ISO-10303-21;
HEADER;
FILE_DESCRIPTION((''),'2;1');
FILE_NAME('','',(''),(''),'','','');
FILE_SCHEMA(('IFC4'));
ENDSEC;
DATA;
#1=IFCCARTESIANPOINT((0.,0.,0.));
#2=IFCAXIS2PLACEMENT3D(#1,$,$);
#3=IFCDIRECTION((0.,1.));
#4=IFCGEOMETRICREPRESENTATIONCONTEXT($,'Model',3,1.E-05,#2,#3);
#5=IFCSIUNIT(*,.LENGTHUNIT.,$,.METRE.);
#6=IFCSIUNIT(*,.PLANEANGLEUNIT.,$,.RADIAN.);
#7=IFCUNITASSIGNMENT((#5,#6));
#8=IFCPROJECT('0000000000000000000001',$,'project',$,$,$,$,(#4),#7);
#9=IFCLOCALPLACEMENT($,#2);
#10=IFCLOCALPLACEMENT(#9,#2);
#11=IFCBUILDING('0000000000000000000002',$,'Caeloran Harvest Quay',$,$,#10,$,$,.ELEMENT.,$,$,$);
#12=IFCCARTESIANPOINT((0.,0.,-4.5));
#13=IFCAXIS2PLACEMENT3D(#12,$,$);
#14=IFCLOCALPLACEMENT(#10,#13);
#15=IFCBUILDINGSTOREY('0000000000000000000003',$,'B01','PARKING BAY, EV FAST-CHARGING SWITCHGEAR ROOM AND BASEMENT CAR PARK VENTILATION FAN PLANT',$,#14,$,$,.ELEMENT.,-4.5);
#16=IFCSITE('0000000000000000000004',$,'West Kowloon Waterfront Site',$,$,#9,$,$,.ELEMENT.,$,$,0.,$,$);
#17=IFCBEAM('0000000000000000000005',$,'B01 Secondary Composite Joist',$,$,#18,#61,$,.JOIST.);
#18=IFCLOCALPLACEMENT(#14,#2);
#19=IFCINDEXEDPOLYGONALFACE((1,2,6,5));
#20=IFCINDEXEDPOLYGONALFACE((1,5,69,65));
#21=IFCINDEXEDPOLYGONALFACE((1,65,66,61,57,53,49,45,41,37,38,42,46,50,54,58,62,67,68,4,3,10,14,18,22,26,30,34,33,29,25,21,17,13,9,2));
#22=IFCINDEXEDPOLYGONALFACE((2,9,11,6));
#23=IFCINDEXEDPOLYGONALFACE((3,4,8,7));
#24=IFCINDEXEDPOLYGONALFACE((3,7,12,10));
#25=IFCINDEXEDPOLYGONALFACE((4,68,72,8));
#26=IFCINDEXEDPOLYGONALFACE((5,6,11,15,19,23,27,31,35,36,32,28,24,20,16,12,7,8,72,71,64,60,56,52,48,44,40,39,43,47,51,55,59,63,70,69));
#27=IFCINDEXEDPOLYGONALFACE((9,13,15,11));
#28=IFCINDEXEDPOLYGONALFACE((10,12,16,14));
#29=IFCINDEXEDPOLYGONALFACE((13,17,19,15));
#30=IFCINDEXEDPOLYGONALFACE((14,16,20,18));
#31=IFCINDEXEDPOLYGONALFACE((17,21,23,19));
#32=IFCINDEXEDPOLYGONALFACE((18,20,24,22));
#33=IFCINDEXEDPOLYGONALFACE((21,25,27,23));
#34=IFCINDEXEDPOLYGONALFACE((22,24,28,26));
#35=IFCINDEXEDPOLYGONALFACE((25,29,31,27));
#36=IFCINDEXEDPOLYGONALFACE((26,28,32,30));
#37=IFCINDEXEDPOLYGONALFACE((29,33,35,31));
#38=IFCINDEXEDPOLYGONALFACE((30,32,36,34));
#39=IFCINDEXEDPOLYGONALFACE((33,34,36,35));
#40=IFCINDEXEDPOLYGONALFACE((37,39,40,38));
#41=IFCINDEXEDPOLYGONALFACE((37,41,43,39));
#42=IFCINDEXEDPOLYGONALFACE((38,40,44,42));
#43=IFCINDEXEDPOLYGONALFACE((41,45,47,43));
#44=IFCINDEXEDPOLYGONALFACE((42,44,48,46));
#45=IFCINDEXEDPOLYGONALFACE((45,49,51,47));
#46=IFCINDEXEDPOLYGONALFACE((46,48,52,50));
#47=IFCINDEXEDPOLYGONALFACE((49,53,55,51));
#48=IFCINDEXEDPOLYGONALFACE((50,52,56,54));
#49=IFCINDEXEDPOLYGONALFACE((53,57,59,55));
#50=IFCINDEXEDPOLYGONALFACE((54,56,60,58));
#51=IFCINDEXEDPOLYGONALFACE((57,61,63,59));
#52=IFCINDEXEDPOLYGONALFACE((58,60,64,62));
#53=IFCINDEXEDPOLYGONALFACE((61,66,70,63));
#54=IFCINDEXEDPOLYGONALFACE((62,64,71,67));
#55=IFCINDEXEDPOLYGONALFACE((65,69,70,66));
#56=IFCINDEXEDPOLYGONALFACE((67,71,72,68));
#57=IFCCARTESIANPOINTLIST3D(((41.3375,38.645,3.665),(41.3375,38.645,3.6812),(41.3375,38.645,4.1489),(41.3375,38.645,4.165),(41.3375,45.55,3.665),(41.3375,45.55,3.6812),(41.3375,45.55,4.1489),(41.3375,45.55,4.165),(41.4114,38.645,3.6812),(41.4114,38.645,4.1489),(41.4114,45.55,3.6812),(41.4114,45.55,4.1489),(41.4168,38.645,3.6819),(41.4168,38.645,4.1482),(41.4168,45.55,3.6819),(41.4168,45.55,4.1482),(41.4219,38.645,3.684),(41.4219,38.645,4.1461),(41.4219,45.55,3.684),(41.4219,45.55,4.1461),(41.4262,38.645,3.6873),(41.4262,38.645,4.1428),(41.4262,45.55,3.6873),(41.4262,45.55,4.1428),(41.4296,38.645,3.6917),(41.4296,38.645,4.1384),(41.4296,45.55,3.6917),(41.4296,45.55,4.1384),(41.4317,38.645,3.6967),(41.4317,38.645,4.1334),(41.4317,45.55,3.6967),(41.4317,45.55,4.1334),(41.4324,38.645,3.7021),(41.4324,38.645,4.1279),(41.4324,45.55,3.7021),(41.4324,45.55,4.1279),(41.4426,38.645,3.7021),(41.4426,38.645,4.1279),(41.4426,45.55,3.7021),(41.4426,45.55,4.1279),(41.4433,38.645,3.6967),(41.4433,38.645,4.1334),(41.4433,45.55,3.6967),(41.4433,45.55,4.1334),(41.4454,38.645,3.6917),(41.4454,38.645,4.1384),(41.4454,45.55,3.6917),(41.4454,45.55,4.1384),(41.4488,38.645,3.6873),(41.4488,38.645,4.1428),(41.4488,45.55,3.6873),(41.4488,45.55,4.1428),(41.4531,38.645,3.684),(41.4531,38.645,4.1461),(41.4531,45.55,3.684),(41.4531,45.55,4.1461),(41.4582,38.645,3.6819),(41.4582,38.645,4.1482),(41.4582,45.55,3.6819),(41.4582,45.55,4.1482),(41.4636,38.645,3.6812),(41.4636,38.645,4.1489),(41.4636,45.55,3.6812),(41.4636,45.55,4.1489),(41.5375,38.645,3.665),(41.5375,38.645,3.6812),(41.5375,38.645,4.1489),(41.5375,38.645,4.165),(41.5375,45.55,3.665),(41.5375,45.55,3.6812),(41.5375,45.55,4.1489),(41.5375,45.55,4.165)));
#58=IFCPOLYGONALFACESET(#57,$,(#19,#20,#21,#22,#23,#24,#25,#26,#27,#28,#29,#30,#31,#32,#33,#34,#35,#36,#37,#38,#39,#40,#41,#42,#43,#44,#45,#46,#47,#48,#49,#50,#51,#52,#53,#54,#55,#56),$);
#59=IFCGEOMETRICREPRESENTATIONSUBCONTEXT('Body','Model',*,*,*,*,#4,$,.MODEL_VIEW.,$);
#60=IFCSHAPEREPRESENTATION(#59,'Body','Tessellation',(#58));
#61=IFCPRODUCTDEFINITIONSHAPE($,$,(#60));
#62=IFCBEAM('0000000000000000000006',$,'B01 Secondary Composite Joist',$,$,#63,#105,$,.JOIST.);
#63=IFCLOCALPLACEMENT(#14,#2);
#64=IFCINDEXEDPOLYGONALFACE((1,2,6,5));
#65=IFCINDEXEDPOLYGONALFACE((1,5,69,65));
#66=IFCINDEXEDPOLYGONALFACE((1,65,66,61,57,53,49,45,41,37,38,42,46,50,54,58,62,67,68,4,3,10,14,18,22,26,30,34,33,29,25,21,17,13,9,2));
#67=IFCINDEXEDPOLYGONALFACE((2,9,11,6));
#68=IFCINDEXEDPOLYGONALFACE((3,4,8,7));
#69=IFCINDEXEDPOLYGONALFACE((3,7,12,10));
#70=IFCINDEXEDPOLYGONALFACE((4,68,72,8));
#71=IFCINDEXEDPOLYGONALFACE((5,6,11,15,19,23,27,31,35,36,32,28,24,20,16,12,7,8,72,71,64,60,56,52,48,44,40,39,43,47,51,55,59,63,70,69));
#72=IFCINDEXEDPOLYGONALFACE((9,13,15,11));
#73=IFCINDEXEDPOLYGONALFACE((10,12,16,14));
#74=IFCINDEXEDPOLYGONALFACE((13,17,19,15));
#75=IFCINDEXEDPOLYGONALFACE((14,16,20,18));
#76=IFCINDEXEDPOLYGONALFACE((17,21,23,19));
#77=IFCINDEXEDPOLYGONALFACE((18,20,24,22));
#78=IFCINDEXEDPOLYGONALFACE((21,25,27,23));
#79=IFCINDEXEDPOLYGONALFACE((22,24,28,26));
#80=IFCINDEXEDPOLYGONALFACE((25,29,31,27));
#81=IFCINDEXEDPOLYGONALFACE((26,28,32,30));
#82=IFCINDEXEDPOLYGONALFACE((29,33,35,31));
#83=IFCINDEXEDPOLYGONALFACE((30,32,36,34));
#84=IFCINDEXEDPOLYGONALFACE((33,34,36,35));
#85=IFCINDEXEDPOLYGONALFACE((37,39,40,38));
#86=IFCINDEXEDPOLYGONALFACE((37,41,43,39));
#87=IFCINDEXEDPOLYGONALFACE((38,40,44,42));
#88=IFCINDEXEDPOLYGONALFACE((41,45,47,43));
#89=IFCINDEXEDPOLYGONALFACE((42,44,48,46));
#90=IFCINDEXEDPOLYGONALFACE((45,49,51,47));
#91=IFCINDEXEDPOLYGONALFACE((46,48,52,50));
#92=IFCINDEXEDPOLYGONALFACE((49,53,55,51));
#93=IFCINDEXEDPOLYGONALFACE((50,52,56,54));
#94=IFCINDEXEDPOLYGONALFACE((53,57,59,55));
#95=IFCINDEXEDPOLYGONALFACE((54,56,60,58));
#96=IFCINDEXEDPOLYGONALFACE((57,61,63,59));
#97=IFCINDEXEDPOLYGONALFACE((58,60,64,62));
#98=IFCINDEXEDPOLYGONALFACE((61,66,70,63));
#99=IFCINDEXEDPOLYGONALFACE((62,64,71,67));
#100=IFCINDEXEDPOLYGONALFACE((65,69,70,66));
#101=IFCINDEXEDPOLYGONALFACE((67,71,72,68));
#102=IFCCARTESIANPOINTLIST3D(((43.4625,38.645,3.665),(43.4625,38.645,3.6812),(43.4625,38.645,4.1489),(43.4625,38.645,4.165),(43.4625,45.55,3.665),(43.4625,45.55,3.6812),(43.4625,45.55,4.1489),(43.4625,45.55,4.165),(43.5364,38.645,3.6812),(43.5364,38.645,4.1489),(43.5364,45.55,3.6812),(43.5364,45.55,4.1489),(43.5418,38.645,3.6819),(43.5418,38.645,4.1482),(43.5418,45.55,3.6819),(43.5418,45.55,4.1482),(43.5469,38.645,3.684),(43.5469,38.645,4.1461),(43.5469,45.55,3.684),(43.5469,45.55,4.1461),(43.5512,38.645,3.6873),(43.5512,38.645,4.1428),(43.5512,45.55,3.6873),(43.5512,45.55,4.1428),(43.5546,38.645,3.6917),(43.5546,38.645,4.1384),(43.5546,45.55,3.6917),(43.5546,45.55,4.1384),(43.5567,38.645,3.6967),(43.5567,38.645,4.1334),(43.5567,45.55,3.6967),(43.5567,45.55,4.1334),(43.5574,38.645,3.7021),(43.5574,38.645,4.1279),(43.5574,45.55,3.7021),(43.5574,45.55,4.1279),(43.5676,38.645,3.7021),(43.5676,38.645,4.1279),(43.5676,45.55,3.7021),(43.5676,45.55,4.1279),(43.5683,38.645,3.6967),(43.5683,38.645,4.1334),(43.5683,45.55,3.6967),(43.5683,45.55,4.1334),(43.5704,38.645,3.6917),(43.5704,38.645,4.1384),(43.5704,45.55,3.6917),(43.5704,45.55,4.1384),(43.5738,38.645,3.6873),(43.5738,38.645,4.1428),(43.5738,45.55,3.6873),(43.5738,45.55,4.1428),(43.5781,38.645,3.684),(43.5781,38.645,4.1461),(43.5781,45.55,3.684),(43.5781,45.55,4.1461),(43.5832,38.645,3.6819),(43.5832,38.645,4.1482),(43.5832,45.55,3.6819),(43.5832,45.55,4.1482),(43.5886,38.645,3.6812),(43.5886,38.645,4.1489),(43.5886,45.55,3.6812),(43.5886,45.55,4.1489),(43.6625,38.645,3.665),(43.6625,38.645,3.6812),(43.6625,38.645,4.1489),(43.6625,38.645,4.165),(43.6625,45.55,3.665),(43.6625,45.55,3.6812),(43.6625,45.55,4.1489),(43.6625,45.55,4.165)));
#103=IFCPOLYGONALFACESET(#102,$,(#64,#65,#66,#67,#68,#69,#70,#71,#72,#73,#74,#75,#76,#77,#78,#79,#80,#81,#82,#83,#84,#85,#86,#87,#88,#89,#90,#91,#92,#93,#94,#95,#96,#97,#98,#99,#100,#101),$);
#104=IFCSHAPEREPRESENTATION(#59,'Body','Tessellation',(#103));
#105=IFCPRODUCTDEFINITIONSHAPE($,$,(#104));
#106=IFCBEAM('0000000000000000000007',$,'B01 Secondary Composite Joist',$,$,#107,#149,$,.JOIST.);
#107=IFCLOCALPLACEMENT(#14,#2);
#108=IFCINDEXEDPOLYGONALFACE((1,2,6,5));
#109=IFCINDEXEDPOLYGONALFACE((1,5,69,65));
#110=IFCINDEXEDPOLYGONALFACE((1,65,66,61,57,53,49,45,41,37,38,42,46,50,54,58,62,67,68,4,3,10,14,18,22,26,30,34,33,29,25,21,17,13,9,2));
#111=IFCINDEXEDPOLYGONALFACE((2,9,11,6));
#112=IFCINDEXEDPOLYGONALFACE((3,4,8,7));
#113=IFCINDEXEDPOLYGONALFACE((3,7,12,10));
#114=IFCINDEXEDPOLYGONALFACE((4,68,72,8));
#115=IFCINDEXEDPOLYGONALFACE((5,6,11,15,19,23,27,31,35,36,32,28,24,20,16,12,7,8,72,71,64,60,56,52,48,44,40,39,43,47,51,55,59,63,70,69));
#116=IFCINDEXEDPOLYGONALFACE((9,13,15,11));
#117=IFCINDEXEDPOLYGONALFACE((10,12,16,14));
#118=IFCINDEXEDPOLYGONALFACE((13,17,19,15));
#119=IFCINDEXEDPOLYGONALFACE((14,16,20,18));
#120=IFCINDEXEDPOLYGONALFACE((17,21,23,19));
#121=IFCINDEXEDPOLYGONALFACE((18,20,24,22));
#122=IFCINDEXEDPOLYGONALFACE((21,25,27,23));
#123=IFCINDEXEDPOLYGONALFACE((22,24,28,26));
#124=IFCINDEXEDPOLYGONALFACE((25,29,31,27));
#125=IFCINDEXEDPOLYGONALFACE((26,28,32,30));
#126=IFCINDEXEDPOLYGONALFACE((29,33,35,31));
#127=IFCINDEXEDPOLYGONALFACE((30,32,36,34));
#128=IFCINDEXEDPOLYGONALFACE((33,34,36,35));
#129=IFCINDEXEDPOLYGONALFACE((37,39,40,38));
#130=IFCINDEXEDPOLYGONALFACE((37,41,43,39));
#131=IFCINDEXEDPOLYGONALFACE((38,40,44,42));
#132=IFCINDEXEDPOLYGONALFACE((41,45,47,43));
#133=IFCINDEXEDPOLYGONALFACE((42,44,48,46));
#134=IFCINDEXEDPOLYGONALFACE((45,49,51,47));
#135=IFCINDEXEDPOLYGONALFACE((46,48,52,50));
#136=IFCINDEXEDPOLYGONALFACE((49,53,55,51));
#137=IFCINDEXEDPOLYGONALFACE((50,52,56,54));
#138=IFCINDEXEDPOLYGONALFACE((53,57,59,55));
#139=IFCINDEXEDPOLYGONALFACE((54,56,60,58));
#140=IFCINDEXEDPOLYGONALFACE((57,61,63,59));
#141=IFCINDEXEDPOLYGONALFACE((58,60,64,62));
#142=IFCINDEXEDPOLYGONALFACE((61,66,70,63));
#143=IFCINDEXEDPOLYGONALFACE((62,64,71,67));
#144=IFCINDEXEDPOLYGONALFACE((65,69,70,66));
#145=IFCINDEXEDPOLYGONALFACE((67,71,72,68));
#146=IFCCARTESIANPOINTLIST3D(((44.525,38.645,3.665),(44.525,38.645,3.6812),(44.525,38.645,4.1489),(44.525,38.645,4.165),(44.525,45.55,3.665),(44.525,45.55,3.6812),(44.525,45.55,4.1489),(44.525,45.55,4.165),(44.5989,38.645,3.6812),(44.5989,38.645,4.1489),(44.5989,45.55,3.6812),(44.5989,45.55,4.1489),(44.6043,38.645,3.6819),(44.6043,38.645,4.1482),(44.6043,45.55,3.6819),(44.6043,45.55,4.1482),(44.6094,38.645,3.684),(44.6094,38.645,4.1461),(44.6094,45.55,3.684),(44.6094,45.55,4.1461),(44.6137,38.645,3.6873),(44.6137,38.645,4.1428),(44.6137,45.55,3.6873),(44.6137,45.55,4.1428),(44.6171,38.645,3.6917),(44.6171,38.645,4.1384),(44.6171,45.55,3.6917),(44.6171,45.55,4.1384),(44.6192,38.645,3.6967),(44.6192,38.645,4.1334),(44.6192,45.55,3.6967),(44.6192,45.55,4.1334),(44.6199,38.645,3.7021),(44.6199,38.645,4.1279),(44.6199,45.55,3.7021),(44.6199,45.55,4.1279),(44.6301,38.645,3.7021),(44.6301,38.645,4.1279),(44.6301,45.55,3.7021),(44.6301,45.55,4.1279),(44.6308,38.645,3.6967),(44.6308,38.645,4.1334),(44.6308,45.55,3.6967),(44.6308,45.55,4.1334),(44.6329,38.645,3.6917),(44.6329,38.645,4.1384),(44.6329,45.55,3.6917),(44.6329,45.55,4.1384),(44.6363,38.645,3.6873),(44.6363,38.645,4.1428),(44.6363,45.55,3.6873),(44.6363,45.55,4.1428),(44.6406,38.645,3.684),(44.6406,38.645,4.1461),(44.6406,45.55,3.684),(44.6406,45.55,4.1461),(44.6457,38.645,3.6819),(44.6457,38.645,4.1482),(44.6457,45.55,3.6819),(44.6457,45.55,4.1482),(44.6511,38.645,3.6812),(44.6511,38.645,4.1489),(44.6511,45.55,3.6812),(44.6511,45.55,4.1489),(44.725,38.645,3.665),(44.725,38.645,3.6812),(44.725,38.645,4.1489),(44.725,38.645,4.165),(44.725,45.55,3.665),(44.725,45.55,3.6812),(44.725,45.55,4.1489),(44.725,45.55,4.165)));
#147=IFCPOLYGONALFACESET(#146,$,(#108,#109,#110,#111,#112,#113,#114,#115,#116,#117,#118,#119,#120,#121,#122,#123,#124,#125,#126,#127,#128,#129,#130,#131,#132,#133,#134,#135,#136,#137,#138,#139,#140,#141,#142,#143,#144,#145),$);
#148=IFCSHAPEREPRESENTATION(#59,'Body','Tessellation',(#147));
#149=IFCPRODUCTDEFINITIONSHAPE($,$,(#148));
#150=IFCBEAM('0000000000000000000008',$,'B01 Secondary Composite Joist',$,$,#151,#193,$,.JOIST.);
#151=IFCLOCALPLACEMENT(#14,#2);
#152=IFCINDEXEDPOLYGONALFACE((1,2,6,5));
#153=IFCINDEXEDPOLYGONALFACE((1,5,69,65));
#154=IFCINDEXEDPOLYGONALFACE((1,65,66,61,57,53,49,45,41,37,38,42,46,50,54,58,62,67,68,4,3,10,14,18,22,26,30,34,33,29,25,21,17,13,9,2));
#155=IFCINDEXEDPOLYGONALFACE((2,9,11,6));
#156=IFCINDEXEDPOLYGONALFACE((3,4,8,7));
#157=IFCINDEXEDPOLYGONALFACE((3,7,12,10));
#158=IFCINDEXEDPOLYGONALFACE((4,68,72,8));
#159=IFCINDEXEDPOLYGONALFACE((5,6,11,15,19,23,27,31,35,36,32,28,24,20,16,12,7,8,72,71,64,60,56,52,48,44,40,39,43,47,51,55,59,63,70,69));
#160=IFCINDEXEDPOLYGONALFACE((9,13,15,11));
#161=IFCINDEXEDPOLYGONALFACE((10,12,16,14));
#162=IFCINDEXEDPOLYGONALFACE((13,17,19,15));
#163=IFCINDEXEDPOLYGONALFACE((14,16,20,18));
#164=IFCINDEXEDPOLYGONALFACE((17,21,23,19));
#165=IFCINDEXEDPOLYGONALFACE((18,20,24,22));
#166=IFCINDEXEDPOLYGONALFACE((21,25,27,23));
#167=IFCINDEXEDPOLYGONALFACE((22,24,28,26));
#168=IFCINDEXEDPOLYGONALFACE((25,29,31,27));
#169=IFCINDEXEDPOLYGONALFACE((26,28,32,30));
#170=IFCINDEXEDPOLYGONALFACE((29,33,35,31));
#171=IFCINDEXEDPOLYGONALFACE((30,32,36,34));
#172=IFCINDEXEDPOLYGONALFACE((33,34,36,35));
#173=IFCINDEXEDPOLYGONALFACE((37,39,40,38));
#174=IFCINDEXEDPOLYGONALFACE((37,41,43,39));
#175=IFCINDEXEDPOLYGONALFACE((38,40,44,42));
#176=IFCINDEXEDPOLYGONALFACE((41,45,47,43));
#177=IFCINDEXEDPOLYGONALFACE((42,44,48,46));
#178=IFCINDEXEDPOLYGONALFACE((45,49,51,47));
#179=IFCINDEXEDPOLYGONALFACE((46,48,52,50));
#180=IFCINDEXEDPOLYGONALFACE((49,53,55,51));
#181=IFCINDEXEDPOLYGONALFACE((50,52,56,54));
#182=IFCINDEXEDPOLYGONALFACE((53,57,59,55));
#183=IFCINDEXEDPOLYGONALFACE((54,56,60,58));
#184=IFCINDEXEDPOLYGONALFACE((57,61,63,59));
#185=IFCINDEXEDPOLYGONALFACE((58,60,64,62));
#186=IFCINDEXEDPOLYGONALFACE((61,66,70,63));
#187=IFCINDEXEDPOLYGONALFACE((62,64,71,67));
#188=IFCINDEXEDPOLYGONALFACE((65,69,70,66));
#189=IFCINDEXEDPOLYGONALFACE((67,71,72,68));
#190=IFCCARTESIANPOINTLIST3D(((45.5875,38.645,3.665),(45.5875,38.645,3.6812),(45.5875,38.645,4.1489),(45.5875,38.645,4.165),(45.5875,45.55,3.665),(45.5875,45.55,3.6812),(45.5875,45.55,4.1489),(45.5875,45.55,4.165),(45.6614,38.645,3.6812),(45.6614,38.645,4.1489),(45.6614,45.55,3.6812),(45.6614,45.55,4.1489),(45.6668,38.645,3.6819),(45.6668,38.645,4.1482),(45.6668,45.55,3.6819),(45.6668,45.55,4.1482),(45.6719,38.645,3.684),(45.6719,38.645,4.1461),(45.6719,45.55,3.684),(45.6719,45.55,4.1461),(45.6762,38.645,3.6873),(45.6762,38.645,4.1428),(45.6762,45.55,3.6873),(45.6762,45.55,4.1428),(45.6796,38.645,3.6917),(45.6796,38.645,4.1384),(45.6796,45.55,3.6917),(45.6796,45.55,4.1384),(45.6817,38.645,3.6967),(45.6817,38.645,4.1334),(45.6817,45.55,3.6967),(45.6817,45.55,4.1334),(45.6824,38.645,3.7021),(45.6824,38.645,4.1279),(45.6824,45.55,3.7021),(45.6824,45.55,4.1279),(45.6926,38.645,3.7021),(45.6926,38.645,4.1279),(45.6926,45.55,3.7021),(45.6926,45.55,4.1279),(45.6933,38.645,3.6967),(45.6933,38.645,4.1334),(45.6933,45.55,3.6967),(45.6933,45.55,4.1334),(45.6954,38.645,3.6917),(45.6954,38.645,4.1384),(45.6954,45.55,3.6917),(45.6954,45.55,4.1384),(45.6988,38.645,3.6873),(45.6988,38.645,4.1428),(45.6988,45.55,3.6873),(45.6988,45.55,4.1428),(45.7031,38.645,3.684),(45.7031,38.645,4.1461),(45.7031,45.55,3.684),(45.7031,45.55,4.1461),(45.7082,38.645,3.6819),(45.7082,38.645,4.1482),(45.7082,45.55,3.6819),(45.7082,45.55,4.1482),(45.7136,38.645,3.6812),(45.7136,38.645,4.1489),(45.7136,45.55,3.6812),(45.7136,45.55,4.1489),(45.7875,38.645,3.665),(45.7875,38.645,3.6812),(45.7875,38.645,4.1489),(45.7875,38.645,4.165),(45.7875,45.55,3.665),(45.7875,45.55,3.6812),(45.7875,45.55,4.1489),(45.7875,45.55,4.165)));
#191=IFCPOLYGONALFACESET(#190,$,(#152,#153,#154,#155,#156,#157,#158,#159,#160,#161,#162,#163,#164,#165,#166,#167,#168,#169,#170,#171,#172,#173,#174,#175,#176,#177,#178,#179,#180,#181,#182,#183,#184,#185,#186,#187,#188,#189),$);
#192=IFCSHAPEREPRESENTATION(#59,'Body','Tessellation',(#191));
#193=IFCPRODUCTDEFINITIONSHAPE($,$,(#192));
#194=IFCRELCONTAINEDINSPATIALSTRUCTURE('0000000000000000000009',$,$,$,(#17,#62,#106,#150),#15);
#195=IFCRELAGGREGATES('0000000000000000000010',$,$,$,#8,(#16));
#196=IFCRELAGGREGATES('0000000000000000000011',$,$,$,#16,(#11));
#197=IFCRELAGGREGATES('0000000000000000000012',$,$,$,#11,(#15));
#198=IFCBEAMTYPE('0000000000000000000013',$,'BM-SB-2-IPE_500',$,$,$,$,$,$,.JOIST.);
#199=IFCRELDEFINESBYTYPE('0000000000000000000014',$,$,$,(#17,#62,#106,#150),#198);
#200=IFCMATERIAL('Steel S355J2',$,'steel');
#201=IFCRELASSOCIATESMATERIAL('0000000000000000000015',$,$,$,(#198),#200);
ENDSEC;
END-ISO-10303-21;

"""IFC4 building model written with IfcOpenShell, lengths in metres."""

from ifc_helpers import new_model, si_unit, direction, frame, origin, origin_2d, place, context, subcontext, project, spatial, i_section, extrude, material, material_profile, profile_set, type_object, element, save


model = new_model("IFC4")

# Units and contexts
model_context = context("Model", 3, precision=1e-05, world=origin(), true_north=direction((0.0, 1.0)))
body_context = subcontext(model_context, "Body", "Model", "MODEL_VIEW")
ifc_project = project(units=[si_unit("LENGTHUNIT", "METRE"), si_unit("PLANEANGLEUNIT", "RADIAN")], contexts=[model_context])

# Site, building, storey
site_placement = place(None, origin())
site = spatial("IfcSite", under=ifc_project, at=site_placement, Name="West Kowloon Waterfront Site", CompositionType="ELEMENT", RefElevation=0.0)
building_placement = place(site_placement, origin())
building = spatial("IfcBuilding", under=site, at=building_placement, Name="Caeloran Harvest Quay", CompositionType="ELEMENT")
storey_placement = place(building_placement, frame((0.0, 0.0, -4.5)))
storey = spatial("IfcBuildingStorey", under=building, at=storey_placement, Name="B01", Description="PARKING BAY, EV FAST-CHARGING SWITCHGEAR ROOM AND BASEMENT CAR PARK VENTILATION FAN PLANT", CompositionType="ELEMENT", Elevation=-4.5)

# Beams
ifc_material_1 = material(Name="Steel S355J2", Category="steel")
ifc_material_profile_1 = material_profile(ifc_material_1, i_section(OverallWidth=0.2, OverallDepth=0.5, WebThickness=0.0103, FlangeThickness=0.0161, FilletRadius=0.021, at=origin_2d()), Name="IPE 500")
ifc_profile_set_1 = profile_set([ifc_material_profile_1], Name="Steel S355J2")
beam_type_1 = type_object("IfcBeamType", Name="BM-SB-2-IPE_500", PredefinedType="JOIST", material=ifc_profile_set_1)
for number, where, z_axis, x_axis, name in (
    (1, (41.4375, 38.645, 3.915), (0.0, 1.0, 0.0), (-1.0, 0.0, 0.0), "B01 Secondary Composite Joist"),
    (2, (43.5625, 38.645, 3.915), (0.0, 1.0, 0.0), (-1.0, 0.0, 0.0), "B01 Secondary Composite Joist"),
    (3, (44.625, 38.645, 3.915), (0.0, 1.0, 0.0), (-1.0, 0.0, 0.0), "B01 Secondary Composite Joist"),
    (4, (45.6875, 38.645, 3.915), (0.0, 1.0, 0.0), (-1.0, 0.0, 0.0), "B01 Secondary Composite Joist"),
):
    element("IfcBeam", number, at=place(storey_placement, frame(where, z_axis=z_axis, x_axis=x_axis)), inside=storey, type_object=beam_type_1, Name=name, PredefinedType="JOIST", context=body_context, shape_type="SweptSolid", body=[
        extrude(i_section(OverallWidth=0.2, OverallDepth=0.5, WebThickness=0.0103, FlangeThickness=0.0161, FilletRadius=0.021, at=origin_2d()), origin(), (0.0, 0.0, 1.0), 6.905),
    ])

save(model, "model.ifc")
